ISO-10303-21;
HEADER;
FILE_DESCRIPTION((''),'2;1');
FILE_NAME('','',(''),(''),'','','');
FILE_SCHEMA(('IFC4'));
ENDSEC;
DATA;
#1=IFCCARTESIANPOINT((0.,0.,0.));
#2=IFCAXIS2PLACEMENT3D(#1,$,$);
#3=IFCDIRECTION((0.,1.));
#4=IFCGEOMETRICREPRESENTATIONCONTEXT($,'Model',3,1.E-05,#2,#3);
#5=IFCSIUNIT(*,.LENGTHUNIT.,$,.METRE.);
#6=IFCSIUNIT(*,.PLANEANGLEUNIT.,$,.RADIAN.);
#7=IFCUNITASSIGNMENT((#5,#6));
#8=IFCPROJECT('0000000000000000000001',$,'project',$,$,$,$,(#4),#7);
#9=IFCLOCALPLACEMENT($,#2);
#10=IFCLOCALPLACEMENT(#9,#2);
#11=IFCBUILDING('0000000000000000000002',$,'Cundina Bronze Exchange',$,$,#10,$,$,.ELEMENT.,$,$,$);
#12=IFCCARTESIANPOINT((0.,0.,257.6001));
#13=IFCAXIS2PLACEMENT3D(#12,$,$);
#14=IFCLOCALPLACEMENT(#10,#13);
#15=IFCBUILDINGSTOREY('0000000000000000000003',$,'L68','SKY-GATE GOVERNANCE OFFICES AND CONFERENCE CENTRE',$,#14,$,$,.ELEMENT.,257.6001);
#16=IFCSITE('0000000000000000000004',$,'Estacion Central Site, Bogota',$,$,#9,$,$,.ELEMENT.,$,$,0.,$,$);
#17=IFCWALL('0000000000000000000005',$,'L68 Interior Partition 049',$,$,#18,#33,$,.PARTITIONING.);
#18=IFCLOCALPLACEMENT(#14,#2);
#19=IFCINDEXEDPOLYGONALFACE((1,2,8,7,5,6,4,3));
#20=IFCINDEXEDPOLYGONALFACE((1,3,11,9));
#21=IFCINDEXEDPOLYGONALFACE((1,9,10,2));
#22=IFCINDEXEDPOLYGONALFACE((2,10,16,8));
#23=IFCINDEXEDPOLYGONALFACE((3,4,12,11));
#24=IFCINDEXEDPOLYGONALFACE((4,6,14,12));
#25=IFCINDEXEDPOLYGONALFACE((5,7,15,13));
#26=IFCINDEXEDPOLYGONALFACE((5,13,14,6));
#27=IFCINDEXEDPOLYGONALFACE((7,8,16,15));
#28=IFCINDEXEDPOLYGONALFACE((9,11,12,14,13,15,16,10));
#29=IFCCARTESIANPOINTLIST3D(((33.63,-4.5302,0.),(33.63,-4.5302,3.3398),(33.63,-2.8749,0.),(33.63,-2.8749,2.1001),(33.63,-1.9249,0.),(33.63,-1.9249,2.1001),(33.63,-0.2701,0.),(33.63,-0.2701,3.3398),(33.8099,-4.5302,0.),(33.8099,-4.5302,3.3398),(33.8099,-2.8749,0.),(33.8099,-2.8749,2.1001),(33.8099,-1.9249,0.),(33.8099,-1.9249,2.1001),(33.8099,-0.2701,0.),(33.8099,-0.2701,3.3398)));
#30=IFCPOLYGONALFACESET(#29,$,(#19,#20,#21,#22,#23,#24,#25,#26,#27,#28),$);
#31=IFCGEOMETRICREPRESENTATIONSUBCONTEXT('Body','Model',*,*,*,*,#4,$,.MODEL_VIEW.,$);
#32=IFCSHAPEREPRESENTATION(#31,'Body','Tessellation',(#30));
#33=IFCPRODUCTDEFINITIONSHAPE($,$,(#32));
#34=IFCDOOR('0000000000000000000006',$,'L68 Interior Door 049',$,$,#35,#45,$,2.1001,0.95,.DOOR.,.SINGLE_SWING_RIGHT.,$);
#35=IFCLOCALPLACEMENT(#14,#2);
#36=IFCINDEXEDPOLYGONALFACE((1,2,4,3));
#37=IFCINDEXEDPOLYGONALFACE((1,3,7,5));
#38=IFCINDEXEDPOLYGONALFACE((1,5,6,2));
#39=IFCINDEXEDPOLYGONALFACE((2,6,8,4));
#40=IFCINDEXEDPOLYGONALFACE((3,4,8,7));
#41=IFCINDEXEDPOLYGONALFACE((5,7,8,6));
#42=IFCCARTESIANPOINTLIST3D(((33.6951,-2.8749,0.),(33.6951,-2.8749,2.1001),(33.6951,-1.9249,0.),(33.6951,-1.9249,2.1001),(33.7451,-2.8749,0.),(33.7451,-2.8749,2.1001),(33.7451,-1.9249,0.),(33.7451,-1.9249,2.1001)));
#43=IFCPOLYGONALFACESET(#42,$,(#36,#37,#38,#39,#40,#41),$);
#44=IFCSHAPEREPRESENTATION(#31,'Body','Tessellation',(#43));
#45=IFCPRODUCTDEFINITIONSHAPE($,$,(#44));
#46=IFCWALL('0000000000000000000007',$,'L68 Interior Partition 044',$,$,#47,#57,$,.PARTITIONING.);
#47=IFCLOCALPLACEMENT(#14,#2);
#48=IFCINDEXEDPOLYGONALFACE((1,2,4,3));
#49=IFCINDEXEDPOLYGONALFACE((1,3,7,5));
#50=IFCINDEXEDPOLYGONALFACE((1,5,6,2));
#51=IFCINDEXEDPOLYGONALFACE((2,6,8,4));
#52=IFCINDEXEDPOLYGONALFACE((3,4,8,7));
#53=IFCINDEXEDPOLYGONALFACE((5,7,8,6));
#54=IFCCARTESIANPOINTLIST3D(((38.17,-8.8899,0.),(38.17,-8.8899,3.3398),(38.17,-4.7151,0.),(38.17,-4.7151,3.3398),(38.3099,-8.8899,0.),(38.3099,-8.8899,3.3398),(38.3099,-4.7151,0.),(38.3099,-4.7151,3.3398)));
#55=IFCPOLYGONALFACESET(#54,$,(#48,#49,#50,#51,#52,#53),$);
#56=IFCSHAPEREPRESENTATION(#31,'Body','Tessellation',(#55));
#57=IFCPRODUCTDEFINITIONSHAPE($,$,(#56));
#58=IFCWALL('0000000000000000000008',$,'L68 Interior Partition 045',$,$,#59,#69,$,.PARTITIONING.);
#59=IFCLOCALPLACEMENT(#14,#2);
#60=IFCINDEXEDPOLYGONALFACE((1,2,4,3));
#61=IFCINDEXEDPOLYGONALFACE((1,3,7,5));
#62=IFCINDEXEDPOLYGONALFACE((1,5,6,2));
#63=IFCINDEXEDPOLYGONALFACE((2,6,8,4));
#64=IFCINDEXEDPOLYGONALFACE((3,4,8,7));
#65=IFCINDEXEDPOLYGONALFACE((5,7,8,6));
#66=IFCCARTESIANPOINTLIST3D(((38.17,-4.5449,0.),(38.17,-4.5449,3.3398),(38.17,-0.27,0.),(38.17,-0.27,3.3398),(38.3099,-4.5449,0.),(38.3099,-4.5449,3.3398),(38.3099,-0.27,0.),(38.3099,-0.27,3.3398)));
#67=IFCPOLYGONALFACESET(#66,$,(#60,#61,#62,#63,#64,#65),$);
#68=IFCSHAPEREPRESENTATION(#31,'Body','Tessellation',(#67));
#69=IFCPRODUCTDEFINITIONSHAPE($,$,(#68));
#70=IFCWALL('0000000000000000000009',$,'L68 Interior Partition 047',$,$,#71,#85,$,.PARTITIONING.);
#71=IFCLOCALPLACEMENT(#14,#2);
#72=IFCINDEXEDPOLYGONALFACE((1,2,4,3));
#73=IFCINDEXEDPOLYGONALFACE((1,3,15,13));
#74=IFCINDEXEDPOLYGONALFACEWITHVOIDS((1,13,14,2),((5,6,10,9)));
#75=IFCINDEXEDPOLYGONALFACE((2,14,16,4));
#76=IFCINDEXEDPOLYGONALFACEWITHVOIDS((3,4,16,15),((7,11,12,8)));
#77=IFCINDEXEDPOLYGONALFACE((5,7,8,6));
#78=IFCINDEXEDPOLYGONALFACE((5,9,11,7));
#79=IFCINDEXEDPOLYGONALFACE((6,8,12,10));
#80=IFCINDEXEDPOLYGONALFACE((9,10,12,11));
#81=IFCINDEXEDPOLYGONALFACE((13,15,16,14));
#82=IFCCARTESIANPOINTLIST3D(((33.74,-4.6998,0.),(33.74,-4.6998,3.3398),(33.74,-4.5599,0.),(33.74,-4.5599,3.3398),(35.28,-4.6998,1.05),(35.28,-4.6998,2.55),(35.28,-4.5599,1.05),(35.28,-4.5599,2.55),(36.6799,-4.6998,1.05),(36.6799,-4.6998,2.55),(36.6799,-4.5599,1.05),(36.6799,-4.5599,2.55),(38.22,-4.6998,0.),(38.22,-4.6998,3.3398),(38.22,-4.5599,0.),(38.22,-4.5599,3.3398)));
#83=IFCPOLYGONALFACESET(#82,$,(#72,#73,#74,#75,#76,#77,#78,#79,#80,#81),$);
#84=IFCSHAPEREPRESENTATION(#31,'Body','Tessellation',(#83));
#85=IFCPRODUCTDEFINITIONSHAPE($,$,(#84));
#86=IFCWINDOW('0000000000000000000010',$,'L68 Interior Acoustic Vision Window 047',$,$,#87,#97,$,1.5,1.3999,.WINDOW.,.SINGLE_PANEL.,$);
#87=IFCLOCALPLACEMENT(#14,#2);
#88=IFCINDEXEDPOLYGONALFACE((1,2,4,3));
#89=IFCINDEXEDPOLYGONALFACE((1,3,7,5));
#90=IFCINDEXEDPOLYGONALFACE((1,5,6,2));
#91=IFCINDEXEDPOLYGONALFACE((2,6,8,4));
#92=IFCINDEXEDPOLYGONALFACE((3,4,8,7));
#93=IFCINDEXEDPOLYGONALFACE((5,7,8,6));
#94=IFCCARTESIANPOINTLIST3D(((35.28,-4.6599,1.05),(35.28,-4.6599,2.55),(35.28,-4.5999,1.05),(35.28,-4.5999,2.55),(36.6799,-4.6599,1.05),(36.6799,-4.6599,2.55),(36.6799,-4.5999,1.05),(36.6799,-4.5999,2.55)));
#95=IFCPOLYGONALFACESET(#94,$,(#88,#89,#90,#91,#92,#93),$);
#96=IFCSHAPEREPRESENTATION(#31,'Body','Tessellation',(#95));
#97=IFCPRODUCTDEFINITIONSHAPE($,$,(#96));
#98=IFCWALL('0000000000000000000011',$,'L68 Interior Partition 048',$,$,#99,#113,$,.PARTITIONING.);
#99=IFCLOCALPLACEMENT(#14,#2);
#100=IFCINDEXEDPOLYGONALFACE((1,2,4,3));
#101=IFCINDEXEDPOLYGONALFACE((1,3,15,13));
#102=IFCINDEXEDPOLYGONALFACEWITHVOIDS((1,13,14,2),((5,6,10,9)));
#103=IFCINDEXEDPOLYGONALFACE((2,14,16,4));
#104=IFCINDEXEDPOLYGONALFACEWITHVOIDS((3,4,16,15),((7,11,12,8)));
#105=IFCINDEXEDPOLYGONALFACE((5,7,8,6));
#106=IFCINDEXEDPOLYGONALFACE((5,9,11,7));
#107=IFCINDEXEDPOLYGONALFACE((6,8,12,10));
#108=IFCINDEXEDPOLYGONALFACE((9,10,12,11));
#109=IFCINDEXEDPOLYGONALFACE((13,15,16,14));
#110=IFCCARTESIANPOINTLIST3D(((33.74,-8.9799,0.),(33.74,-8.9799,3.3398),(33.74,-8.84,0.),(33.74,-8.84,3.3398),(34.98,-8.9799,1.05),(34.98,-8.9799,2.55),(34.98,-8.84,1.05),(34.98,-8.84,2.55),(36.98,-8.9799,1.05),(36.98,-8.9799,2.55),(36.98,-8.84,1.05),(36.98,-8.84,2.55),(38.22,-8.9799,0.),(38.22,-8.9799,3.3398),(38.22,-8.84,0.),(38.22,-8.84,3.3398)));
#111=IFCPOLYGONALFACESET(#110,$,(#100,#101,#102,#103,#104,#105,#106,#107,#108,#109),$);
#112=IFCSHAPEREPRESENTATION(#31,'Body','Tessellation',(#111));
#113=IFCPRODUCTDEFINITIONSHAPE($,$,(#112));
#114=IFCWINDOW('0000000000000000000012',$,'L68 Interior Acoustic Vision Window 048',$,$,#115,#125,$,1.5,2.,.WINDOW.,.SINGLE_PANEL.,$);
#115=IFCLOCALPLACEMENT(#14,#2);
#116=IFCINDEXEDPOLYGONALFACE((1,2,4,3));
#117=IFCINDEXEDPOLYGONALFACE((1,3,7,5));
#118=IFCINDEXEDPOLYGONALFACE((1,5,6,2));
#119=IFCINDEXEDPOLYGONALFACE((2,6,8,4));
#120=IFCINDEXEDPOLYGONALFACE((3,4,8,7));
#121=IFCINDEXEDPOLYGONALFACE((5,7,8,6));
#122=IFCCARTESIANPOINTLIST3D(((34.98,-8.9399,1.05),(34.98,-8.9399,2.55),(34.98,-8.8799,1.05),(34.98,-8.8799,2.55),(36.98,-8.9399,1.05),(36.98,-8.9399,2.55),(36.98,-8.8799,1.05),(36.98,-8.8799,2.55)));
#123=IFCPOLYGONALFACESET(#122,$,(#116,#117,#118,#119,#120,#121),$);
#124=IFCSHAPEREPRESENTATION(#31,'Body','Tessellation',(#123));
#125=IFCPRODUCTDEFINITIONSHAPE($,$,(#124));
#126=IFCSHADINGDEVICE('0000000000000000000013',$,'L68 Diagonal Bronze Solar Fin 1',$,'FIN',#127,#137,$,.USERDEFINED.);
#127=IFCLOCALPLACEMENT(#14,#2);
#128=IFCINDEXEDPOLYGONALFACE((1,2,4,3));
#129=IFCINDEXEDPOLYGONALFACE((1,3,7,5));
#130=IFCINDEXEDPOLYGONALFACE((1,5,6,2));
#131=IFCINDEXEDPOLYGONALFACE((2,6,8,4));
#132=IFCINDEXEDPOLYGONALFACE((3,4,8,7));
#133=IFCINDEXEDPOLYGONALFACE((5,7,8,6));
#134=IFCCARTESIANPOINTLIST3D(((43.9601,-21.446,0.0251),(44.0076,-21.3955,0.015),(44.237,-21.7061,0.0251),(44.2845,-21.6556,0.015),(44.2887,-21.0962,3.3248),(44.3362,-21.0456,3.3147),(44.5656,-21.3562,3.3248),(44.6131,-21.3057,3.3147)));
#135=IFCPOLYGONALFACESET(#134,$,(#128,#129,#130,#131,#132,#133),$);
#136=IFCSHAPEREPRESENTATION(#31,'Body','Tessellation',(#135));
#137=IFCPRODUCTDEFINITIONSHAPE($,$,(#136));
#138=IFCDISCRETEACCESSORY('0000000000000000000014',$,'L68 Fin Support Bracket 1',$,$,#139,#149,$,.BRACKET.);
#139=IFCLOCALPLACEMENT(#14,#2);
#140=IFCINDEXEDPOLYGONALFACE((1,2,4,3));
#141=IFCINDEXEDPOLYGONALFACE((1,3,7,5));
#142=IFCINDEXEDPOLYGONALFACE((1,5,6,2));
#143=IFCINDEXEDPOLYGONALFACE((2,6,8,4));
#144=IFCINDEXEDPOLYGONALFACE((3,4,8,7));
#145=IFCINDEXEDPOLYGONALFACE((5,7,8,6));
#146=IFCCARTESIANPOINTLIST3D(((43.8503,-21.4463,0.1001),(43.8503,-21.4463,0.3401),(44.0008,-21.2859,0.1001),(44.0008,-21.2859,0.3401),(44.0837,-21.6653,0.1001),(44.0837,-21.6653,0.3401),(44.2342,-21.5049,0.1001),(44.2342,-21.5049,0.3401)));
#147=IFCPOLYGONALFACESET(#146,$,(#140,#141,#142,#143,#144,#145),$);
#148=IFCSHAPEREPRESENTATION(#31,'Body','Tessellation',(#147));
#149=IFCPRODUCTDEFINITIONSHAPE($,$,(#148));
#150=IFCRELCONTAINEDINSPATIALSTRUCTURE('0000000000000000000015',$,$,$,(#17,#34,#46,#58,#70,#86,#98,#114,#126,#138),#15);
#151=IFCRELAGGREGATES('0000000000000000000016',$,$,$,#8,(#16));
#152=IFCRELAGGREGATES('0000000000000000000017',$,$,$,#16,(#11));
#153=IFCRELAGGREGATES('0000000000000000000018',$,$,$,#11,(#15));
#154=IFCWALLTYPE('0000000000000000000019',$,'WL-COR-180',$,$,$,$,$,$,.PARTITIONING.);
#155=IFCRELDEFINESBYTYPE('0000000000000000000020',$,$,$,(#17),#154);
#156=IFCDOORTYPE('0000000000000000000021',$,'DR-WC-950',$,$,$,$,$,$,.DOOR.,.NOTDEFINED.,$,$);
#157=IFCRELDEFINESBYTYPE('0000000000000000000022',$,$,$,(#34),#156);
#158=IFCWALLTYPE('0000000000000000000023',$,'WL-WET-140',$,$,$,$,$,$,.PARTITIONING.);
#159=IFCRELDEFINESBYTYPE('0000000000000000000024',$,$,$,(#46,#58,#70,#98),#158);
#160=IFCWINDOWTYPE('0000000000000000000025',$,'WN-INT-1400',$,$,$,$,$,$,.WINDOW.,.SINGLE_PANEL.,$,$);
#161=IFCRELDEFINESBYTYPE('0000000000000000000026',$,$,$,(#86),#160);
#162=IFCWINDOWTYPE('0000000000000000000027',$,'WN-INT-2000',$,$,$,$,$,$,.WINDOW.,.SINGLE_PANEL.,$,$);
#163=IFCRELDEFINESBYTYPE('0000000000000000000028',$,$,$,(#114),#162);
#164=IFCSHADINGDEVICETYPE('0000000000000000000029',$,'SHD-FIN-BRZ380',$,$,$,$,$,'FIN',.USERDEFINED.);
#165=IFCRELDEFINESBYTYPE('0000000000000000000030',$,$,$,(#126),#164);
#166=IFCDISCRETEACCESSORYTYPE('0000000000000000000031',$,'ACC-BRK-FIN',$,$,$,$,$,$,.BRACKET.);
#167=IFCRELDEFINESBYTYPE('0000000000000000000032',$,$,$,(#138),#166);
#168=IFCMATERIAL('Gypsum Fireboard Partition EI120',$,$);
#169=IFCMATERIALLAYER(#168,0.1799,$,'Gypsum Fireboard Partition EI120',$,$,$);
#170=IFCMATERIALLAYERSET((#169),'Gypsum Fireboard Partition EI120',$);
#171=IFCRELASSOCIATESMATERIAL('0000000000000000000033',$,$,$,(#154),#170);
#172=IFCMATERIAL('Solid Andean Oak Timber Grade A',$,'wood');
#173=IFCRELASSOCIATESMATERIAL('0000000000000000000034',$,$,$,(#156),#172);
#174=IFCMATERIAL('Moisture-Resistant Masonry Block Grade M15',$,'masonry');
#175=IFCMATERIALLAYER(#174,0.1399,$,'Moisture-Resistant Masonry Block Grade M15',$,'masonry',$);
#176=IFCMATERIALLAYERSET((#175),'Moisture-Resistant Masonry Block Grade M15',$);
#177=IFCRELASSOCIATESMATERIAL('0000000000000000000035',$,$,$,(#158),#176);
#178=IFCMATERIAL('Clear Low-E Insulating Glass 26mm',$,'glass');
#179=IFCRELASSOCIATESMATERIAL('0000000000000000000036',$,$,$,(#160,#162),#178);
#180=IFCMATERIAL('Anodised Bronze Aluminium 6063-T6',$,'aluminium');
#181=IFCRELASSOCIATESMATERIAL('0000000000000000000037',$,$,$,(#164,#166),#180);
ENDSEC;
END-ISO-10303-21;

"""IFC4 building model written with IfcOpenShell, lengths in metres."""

from ifc_helpers import new_model, si_unit, direction, frame, frame_2d, origin, origin_2d, place, context, subcontext, project, spatial, rectangle, extrude, material, layer, layer_set, material_profile, profile_set, type_object, element, fill, save


model = new_model("IFC4")

# Units and contexts
model_context = context("Model", 3, precision=1e-05, world=origin(), true_north=direction((0.0, 1.0)))
body_context = subcontext(model_context, "Body", "Model", "MODEL_VIEW")
ifc_project = project(units=[si_unit("LENGTHUNIT", "METRE"), si_unit("PLANEANGLEUNIT", "RADIAN")], contexts=[model_context])

# Site, building, storey
site_placement = place(None, origin())
site = spatial("IfcSite", under=ifc_project, at=site_placement, Name="Estacion Central Site, Bogota", CompositionType="ELEMENT", RefElevation=0.0)
building_placement = place(site_placement, origin())
building = spatial("IfcBuilding", under=site, at=building_placement, Name="Cundina Bronze Exchange", CompositionType="ELEMENT")
storey_placement = place(building_placement, frame((0.0, 0.0, 257.6001)))
storey = spatial("IfcBuildingStorey", under=building, at=storey_placement, Name="L68", Description="SKY-GATE GOVERNANCE OFFICES AND CONFERENCE CENTRE", CompositionType="ELEMENT", Elevation=257.6001)

# Shared definitions
ifc_material_1 = material(Name="Anodised Bronze Aluminium 6063-T6", Category="aluminium")

# Wall, opening, door
ifc_material_2 = material(Name="Gypsum Fireboard Partition EI120")
ifc_layer_1 = layer(ifc_material_2, 0.1799, Name="Gypsum Fireboard Partition EI120")
ifc_layer_set_1 = layer_set([ifc_layer_1], Name="Gypsum Fireboard Partition EI120")
wall_type_1 = type_object("IfcWallType", Name="WL-COR-180", PredefinedType="PARTITIONING", material=ifc_layer_set_1)
wall_1_placement = place(storey_placement, frame((33.72, -4.53, 0.0), z_axis=(0.0, 0.0, 1.0), x_axis=(0.0, 1.0, 0.0)))
wall_1 = element("IfcWall", 1, at=wall_1_placement, inside=storey, type_object=wall_type_1, Name="L68 Interior Partition 049", PredefinedType="PARTITIONING", context=body_context, shape_type="SweptSolid", body=[
    extrude(rectangle(XDim=4.26, YDim=0.1799, at=frame_2d((2.1299, 0.0))), origin(), (0.0, 0.0, 1.0), 3.3398),
])
opening_1_placement = place(wall_1_placement, frame((1.655, 0.0, 0.0)))
opening_1 = element("IfcOpeningElement", 2, at=opening_1_placement, cuts=wall_1, PredefinedType="OPENING", context=body_context, shape_type="SweptSolid", body=[
    extrude(rectangle(XDim=0.95, YDim=2.1001, at=frame_2d((0.4751, 1.05))), frame((0.0, 0.0999, 0.0), z_axis=(0.0, -1.0, 0.0), x_axis=(1.0, 0.0, 0.0)), (0.0, 0.0, 1.0), 0.2),
])
ifc_material_3 = material(Name="Solid Andean Oak Timber Grade A", Category="wood")
door_type = type_object("IfcDoorType", Name="DR-WC-950", OperationType="NOTDEFINED", PredefinedType="DOOR", material=ifc_material_3)
door_placement = place(opening_1_placement, origin())
door = element("IfcDoor", 3, at=door_placement, inside=storey, type_object=door_type, Name="L68 Interior Door 049", OperationType="SINGLE_SWING_RIGHT", OverallHeight=2.1001, OverallWidth=0.95, PredefinedType="DOOR", context=body_context, shape_type="SweptSolid", body=[
    extrude(rectangle(XDim=0.95, YDim=2.1001, at=frame_2d((0.4751, 1.05))), frame((0.0, 0.0249, 0.0), z_axis=(0.0, -1.0, 0.0), x_axis=(1.0, 0.0, 0.0)), (0.0, 0.0, 1.0), 0.05),
])
fill(opening_1, door)

# Walls
ifc_material_4 = material(Name="Moisture-Resistant Masonry Block Grade M15", Category="masonry")
ifc_layer_2 = layer(ifc_material_4, 0.1399, Name="Moisture-Resistant Masonry Block Grade M15", Category="masonry")
ifc_layer_set_2 = layer_set([ifc_layer_2], Name="Moisture-Resistant Masonry Block Grade M15")
wall_type_2 = type_object("IfcWallType", Name="WL-WET-140", PredefinedType="PARTITIONING", material=ifc_layer_set_2)
wall_2_placement = place(storey_placement, frame((38.24, -8.8899, 0.0), z_axis=(0.0, 0.0, 1.0), x_axis=(0.0, 1.0, 0.0)))
element("IfcWall", 4, at=wall_2_placement, inside=storey, type_object=wall_type_2, Name="L68 Interior Partition 044", PredefinedType="PARTITIONING", context=body_context, shape_type="SweptSolid", body=[
    extrude(rectangle(XDim=4.1748, YDim=0.1399, at=frame_2d((2.0874, 0.0))), origin(), (0.0, 0.0, 1.0), 3.3398),
])
wall_3_placement = place(storey_placement, frame((38.24, -4.5449, 0.0), z_axis=(0.0, 0.0, 1.0), x_axis=(0.0, 1.0, 0.0)))
element("IfcWall", 5, at=wall_3_placement, inside=storey, type_object=wall_type_2, Name="L68 Interior Partition 045", PredefinedType="PARTITIONING", context=body_context, shape_type="SweptSolid", body=[
    extrude(rectangle(XDim=4.2749, YDim=0.1399, at=frame_2d((2.1375, 0.0))), origin(), (0.0, 0.0, 1.0), 3.3398),
])

# Walls, openings, windows
wall_4_placement = place(storey_placement, frame((33.74, -4.6299, 0.0), z_axis=(0.0, 0.0, 1.0), x_axis=(1.0, 0.0, 0.0)))
wall_4 = element("IfcWall", 6, at=wall_4_placement, inside=storey, type_object=wall_type_2, Name="L68 Interior Partition 047", PredefinedType="PARTITIONING", context=body_context, shape_type="SweptSolid", body=[
    extrude(rectangle(XDim=4.48, YDim=0.1399, at=frame_2d((2.24, 0.0))), origin(), (0.0, 0.0, 1.0), 3.3398),
])
opening_2_placement = place(wall_4_placement, frame((1.54, 0.0, 1.05)))
opening_2 = element("IfcOpeningElement", 7, at=opening_2_placement, cuts=wall_4, PredefinedType="OPENING", context=body_context, shape_type="SweptSolid", body=[
    extrude(rectangle(XDim=1.3999, YDim=1.5, at=frame_2d((0.7, 0.75))), frame((0.0, 0.0798, 0.0), z_axis=(0.0, -1.0, 0.0), x_axis=(1.0, 0.0, 0.0)), (0.0, 0.0, 1.0), 0.1599),
])
ifc_material_5 = material(Name="Clear Low-E Insulating Glass 26mm", Category="glass")
window_type_1 = type_object("IfcWindowType", Name="WN-INT-1400", PartitioningType="SINGLE_PANEL", PredefinedType="WINDOW", material=ifc_material_5)
window_1_placement = place(opening_2_placement, origin())
window_1 = element("IfcWindow", 8, at=window_1_placement, inside=storey, type_object=window_type_1, Name="L68 Interior Acoustic Vision Window 047", OverallHeight=1.5, OverallWidth=1.3999, PartitioningType="SINGLE_PANEL", PredefinedType="WINDOW", context=body_context, shape_type="SweptSolid", body=[
    extrude(rectangle(XDim=1.3999, YDim=1.5, at=frame_2d((0.7, 0.75))), frame((0.0, 0.03, 0.0), z_axis=(0.0, -1.0, 0.0), x_axis=(1.0, 0.0, 0.0)), (0.0, 0.0, 1.0), 0.0601),
])
fill(opening_2, window_1)
wall_5_placement = place(storey_placement, frame((33.74, -8.9099, 0.0), z_axis=(0.0, 0.0, 1.0), x_axis=(1.0, 0.0, 0.0)))
wall_5 = element("IfcWall", 9, at=wall_5_placement, inside=storey, type_object=wall_type_2, Name="L68 Interior Partition 048", PredefinedType="PARTITIONING", context=body_context, shape_type="SweptSolid", body=[
    extrude(rectangle(XDim=4.48, YDim=0.1399, at=frame_2d((2.24, 0.0))), origin(), (0.0, 0.0, 1.0), 3.3398),
])
opening_3_placement = place(wall_5_placement, frame((1.24, 0.0, 1.05)))
opening_3 = element("IfcOpeningElement", 10, at=opening_3_placement, cuts=wall_5, PredefinedType="OPENING", context=body_context, shape_type="SweptSolid", body=[
    extrude(rectangle(XDim=2.0, YDim=1.5, at=frame_2d((1.0, 0.75))), frame((0.0, 0.0798, 0.0), z_axis=(0.0, -1.0, 0.0), x_axis=(1.0, 0.0, 0.0)), (0.0, 0.0, 1.0), 0.1599),
])
window_type_2 = type_object("IfcWindowType", Name="WN-INT-2000", PartitioningType="SINGLE_PANEL", PredefinedType="WINDOW", material=ifc_material_5)
window_2_placement = place(opening_3_placement, origin())
window_2 = element("IfcWindow", 11, at=window_2_placement, inside=storey, type_object=window_type_2, Name="L68 Interior Acoustic Vision Window 048", OverallHeight=1.5, OverallWidth=2.0, PartitioningType="SINGLE_PANEL", PredefinedType="WINDOW", context=body_context, shape_type="SweptSolid", body=[
    extrude(rectangle(XDim=2.0, YDim=1.5, at=frame_2d((1.0, 0.75))), frame((0.0, 0.03, 0.0), z_axis=(0.0, -1.0, 0.0), x_axis=(1.0, 0.0, 0.0)), (0.0, 0.0, 1.0), 0.0601),
])
fill(opening_3, window_2)

# Shading device
ifc_material_profile_1 = material_profile(ifc_material_1, rectangle(XDim=0.0701, YDim=0.3799, at=origin_2d()), Name="FIN70X380", Category="aluminium")
ifc_profile_set_1 = profile_set([ifc_material_profile_1], Name="Anodised Bronze Aluminium 6063-T6")
shading_device_type = type_object("IfcShadingDeviceType", Name="SHD-FIN-BRZ380", ElementType="FIN", PredefinedType="USERDEFINED", material=ifc_profile_set_1)
shading_device_placement = place(storey_placement, frame((44.1223, -21.5508, 0.02), z_axis=(0.098549, 0.104918, 0.989586), x_axis=(-0.677505, -0.721296, 0.143943)))
element("IfcShadingDevice", 12, at=shading_device_placement, inside=storey, type_object=shading_device_type, Name="L68 Diagonal Bronze Solar Fin 1", ObjectType="FIN", PredefinedType="USERDEFINED", context=body_context, shape_type="SweptSolid", body=[
    extrude(rectangle(XDim=0.0701, YDim=0.3799, at=origin_2d()), origin(), (0.0, 0.0, 1.0), 3.3345),
])

# Discrete accessory
discrete_accessory_type = type_object("IfcDiscreteAccessoryType", Name="ACC-BRK-FIN", PredefinedType="BRACKET", material=ifc_material_1)
discrete_accessory_placement = place(storey_placement, frame((44.0422, -21.4756, 0.1001), z_axis=(0.0, 0.0, 1.0), x_axis=(0.684344, 0.72916, 0.0)))
element("IfcDiscreteAccessory", 13, at=discrete_accessory_placement, inside=storey, type_object=discrete_accessory_type, Name="L68 Fin Support Bracket 1", PredefinedType="BRACKET", context=body_context, shape_type="SweptSolid", body=[
    extrude(rectangle(XDim=0.22, YDim=0.3201, at=origin_2d()), origin(), (0.0, 0.0, 1.0), 0.24),
])

save(model, "model.ifc")
